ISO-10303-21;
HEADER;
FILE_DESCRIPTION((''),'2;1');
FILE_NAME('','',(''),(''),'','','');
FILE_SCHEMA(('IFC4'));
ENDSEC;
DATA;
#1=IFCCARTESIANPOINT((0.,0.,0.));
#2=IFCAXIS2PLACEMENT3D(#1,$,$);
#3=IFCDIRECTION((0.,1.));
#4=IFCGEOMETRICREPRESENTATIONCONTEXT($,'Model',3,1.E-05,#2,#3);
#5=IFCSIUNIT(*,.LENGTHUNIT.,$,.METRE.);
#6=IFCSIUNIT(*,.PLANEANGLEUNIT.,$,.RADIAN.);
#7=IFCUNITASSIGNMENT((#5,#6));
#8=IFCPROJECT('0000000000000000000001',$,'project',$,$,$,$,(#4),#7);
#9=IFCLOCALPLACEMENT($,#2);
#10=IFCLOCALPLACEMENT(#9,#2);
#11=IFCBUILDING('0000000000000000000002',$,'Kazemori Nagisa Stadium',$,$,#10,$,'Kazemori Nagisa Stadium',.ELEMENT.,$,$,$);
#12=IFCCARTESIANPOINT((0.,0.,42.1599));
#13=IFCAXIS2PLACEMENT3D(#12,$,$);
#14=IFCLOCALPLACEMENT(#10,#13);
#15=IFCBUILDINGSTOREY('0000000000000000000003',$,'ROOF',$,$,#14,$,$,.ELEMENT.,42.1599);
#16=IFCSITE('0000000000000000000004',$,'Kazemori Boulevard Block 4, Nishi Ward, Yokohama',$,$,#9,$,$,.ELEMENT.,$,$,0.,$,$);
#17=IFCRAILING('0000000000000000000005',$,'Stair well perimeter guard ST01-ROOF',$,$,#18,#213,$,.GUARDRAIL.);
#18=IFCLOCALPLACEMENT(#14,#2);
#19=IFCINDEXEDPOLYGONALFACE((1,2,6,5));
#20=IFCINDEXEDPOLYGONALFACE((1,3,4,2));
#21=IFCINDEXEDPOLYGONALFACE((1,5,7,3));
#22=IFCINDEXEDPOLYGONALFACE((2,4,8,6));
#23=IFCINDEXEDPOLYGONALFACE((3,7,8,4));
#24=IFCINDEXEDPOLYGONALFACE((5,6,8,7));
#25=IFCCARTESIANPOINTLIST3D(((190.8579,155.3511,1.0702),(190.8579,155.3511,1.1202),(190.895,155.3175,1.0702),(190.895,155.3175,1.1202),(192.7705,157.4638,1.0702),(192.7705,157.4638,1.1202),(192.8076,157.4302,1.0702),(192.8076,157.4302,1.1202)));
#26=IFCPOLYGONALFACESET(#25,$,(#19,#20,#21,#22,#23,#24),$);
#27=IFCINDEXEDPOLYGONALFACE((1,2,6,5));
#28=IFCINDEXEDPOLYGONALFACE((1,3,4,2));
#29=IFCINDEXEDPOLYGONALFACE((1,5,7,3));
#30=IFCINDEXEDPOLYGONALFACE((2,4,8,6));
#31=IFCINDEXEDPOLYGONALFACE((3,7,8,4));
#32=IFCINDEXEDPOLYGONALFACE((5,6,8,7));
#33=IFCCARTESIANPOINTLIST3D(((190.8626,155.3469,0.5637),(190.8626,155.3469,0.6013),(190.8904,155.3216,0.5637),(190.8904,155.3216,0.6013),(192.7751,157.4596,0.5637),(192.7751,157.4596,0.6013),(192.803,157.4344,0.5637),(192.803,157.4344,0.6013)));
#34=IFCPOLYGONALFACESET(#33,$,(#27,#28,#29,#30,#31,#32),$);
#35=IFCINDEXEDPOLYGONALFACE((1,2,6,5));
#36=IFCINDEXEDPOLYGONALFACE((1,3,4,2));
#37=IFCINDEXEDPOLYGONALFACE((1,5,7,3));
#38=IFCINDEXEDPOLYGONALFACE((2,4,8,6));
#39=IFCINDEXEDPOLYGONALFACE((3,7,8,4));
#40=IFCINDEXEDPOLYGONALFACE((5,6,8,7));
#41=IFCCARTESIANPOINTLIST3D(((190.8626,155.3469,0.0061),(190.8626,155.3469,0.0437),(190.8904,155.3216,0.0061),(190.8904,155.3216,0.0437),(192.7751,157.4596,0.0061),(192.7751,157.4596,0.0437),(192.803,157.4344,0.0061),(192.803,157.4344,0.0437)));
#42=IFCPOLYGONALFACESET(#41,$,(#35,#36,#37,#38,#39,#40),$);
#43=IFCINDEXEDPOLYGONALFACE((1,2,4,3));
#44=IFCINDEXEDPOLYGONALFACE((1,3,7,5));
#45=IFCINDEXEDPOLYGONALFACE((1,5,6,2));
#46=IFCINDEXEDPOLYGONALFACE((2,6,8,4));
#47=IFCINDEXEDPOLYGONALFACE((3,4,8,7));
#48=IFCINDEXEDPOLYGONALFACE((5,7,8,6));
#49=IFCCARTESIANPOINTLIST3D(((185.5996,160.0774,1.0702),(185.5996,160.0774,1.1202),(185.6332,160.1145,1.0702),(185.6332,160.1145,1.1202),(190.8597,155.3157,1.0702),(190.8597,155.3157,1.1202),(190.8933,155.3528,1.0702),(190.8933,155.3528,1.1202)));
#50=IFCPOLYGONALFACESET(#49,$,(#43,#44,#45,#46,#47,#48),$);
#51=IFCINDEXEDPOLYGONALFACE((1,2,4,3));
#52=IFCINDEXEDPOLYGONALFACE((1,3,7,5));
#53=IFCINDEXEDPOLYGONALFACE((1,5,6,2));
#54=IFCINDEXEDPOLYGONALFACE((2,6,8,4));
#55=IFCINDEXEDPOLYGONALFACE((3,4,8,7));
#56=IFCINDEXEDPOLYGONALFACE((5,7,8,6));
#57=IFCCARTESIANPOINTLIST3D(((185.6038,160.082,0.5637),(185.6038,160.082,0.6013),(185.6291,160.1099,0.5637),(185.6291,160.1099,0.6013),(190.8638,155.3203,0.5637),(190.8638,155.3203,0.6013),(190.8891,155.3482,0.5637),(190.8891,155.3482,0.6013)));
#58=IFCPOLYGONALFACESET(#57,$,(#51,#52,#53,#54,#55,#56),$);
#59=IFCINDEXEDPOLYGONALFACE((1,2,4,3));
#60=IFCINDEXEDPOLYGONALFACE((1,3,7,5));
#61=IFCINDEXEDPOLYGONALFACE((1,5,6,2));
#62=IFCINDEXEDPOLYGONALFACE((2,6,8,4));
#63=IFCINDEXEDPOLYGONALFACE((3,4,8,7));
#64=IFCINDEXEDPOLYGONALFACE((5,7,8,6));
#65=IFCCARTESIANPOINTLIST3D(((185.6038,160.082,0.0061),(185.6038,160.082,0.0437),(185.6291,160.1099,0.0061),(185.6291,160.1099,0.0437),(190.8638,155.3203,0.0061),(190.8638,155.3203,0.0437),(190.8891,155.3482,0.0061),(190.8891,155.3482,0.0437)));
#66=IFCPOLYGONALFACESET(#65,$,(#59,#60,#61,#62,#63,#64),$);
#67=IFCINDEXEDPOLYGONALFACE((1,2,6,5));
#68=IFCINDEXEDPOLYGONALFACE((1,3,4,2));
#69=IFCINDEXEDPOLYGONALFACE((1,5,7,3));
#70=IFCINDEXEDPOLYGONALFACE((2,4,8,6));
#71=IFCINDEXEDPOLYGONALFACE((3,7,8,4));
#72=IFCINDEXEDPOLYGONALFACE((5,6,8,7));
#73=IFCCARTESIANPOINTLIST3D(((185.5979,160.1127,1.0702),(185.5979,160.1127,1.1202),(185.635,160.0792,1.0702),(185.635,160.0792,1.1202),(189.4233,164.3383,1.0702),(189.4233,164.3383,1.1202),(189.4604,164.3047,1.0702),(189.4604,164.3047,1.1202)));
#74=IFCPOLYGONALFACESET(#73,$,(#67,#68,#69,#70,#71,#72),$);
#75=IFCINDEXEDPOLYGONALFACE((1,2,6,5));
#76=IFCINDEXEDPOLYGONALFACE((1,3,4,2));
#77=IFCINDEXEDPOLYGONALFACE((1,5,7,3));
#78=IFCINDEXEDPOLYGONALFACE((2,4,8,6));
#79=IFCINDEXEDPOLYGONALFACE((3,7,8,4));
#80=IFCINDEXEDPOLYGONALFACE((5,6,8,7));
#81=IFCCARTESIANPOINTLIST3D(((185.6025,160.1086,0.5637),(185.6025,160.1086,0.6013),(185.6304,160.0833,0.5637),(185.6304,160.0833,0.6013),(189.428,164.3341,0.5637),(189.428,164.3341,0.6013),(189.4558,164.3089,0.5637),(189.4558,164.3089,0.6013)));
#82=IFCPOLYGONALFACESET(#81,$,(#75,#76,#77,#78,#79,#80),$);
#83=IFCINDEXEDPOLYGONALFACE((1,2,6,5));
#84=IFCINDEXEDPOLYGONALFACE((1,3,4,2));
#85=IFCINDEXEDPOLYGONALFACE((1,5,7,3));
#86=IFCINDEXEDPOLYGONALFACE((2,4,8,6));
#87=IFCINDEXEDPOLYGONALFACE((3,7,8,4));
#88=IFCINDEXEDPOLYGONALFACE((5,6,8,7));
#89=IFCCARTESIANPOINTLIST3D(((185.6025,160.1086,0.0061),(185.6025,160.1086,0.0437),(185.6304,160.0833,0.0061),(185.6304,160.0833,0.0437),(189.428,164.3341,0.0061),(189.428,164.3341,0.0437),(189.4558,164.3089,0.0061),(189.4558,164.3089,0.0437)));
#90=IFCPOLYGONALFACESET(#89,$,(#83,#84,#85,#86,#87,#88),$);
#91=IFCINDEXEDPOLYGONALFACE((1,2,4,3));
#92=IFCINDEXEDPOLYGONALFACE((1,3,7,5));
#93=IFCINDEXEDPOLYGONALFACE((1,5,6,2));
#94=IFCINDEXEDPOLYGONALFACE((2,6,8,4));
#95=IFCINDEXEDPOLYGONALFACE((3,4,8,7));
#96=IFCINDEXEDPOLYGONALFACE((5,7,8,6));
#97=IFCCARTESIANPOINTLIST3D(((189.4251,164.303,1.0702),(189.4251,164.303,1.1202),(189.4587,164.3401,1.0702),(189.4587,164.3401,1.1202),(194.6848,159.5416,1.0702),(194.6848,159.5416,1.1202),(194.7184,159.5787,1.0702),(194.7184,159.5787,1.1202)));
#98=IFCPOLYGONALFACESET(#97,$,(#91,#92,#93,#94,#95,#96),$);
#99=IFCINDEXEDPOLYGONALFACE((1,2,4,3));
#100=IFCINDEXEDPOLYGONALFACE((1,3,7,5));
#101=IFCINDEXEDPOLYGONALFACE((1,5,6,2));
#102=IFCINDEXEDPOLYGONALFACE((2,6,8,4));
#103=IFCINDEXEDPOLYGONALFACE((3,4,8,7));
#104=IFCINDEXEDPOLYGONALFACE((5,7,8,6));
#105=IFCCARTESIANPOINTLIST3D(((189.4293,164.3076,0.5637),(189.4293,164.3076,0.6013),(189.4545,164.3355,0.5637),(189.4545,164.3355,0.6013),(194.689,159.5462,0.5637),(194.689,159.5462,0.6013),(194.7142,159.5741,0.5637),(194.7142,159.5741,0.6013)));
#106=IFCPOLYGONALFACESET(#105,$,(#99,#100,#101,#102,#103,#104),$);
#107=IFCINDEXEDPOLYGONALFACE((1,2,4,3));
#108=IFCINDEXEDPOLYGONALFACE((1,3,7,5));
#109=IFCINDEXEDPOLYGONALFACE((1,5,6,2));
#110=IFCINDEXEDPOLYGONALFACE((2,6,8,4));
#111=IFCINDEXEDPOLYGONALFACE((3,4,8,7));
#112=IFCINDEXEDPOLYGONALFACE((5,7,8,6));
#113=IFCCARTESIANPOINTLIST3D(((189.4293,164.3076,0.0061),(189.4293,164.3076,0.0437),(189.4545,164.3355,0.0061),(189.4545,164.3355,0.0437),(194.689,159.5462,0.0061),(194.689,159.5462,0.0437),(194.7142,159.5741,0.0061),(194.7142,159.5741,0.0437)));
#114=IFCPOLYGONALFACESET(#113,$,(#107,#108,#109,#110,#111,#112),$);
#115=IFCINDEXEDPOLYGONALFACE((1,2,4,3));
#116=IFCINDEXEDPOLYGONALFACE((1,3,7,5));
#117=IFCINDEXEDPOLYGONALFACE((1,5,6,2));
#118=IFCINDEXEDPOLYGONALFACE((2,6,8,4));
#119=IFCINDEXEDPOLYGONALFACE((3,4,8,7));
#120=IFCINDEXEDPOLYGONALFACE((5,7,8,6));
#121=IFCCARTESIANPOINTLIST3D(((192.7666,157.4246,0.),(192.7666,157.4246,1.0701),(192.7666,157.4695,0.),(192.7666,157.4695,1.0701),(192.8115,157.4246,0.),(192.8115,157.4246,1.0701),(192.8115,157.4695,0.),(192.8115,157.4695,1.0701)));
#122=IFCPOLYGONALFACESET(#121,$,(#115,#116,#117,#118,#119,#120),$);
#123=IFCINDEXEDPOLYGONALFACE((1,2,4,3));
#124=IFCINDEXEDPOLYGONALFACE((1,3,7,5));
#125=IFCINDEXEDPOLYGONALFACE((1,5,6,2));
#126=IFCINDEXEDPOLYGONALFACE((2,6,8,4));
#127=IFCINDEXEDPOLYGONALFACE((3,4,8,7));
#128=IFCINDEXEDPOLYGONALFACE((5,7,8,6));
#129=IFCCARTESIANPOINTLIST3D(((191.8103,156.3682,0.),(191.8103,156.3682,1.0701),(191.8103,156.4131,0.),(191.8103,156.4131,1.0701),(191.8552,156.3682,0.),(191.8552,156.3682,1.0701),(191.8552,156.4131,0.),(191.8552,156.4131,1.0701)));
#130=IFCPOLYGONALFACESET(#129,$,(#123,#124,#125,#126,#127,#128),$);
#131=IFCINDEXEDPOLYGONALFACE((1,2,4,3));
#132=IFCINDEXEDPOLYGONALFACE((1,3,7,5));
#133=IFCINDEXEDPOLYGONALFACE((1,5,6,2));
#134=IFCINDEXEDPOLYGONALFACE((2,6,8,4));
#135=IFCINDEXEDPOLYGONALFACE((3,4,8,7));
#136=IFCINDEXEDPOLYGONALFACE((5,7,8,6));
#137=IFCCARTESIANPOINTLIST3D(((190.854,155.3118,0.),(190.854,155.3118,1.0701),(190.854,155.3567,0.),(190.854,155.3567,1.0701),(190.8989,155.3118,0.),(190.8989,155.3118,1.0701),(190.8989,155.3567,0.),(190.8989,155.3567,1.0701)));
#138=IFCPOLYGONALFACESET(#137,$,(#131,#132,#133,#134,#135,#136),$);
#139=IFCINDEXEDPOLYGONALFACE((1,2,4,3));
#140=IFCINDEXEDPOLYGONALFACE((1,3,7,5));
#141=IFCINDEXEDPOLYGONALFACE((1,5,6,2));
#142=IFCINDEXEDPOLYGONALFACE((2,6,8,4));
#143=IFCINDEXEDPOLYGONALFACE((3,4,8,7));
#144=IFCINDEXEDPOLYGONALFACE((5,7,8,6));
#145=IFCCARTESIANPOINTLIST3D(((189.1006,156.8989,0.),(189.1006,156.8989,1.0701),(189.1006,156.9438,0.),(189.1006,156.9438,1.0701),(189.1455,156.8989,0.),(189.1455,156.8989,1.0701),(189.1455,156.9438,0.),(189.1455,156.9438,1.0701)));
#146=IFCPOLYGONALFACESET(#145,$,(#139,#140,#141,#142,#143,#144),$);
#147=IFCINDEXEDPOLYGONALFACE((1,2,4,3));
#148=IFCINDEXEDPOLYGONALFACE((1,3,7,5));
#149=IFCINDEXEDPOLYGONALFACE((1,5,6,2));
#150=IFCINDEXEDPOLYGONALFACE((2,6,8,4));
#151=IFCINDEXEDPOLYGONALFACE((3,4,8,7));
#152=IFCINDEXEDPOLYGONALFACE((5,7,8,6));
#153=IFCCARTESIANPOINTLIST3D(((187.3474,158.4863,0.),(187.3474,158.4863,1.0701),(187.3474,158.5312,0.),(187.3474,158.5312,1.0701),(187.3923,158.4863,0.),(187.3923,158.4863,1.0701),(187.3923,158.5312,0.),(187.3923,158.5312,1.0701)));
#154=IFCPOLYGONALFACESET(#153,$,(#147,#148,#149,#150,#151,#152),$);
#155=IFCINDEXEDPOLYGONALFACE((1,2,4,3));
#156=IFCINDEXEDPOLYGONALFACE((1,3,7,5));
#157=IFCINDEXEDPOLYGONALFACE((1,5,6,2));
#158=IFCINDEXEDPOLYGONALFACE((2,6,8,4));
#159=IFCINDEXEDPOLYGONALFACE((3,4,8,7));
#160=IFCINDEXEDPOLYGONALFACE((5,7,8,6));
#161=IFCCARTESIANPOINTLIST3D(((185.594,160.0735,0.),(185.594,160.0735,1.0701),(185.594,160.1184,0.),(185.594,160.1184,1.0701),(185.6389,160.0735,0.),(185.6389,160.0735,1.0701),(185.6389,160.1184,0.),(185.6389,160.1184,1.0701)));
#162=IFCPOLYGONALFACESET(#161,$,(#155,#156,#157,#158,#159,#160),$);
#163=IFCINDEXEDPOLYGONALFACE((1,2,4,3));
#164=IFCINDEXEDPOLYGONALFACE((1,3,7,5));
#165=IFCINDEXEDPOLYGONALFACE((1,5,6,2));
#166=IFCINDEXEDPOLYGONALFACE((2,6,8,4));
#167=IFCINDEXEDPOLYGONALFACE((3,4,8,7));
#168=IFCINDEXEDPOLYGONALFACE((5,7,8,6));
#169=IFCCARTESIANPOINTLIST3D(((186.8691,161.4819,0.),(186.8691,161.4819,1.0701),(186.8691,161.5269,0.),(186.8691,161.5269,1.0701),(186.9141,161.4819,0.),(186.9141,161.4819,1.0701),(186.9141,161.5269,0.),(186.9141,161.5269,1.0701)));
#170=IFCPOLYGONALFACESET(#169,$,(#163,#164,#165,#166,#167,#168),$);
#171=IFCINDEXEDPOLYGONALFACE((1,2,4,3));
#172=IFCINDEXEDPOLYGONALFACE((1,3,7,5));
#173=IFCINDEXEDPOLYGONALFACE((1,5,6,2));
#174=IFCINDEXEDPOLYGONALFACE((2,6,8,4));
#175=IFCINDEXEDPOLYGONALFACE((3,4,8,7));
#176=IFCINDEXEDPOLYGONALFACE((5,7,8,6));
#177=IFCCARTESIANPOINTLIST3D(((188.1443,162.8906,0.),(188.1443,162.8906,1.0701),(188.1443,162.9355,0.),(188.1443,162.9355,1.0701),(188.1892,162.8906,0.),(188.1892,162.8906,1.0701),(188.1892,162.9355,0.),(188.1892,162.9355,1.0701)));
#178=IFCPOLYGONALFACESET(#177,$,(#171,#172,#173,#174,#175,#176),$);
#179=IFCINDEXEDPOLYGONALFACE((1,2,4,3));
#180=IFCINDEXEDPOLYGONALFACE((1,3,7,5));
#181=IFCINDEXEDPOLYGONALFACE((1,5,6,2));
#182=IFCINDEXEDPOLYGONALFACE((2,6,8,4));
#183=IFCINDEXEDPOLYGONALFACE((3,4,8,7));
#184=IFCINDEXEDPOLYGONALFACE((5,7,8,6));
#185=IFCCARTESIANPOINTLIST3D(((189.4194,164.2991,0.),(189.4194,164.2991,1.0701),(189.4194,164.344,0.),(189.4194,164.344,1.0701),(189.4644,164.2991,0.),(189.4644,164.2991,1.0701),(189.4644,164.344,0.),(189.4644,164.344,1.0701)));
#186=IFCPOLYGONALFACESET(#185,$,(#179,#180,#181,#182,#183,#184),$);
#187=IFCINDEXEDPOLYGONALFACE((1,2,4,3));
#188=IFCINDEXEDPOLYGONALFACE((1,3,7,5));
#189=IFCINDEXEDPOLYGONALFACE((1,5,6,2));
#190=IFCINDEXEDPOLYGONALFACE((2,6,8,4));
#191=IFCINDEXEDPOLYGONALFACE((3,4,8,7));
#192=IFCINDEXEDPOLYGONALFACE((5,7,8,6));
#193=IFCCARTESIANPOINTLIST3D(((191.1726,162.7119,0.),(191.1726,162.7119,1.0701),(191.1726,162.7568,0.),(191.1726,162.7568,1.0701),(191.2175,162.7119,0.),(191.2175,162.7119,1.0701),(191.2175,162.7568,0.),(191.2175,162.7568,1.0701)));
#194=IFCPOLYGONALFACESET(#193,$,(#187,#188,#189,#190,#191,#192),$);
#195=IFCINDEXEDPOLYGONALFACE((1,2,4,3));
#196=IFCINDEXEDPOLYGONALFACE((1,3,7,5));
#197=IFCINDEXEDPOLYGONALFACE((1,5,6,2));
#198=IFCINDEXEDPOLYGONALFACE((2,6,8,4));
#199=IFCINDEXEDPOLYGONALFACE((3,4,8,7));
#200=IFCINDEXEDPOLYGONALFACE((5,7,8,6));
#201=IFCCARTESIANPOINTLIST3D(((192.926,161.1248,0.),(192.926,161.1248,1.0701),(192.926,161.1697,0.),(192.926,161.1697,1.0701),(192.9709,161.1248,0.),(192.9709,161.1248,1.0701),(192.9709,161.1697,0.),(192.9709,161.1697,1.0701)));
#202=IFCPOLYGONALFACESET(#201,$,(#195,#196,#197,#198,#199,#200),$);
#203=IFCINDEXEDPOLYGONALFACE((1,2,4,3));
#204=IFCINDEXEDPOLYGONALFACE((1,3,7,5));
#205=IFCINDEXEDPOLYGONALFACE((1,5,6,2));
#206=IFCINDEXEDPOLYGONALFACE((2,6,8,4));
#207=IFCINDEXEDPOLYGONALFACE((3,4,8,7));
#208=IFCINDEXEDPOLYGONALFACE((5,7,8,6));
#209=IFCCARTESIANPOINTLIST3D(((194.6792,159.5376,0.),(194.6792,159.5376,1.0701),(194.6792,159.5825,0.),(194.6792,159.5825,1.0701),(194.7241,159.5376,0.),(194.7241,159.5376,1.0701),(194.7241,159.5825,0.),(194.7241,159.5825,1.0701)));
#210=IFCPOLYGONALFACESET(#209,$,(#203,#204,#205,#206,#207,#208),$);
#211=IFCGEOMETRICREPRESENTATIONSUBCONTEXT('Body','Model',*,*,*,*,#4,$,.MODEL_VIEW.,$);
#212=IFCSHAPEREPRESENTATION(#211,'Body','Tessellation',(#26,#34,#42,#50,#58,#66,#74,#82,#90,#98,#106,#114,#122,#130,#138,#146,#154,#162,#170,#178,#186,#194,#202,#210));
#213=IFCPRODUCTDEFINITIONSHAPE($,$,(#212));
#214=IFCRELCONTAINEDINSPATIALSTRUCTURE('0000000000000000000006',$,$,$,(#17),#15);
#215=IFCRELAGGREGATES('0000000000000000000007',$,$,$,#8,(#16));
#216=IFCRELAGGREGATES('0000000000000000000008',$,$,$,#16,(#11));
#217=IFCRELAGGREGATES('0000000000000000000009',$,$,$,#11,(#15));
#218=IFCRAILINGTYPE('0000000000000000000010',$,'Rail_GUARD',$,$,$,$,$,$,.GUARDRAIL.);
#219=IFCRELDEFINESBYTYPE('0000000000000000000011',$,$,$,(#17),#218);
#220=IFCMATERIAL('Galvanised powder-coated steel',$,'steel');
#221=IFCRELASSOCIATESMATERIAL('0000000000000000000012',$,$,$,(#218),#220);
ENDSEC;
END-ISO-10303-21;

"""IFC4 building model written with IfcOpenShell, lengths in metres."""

from ifc_helpers import new_model, si_unit, direction, frame, origin, origin_2d, place, context, subcontext, project, spatial, rectangle, extrude, material, type_object, element, save


model = new_model("IFC4")

# Units and contexts
model_context = context("Model", 3, precision=1e-05, world=origin(), true_north=direction((0.0, 1.0)))
body_context = subcontext(model_context, "Body", "Model", "MODEL_VIEW")
ifc_project = project(units=[si_unit("LENGTHUNIT", "METRE"), si_unit("PLANEANGLEUNIT", "RADIAN")], contexts=[model_context])

# Site, building, storey
site_placement = place(None, origin())
site = spatial("IfcSite", under=ifc_project, at=site_placement, Name="Kazemori Boulevard Block 4, Nishi Ward, Yokohama", CompositionType="ELEMENT", RefElevation=0.0)
building_placement = place(site_placement, origin())
building = spatial("IfcBuilding", under=site, at=building_placement, Name="Kazemori Nagisa Stadium", LongName="Kazemori Nagisa Stadium", CompositionType="ELEMENT")
storey_placement = place(building_placement, frame((0.0, 0.0, 42.1599)))
storey = spatial("IfcBuildingStorey", under=building, at=storey_placement, Name="ROOF", CompositionType="ELEMENT", Elevation=42.1599)

# Railing
ifc_material_1 = material(Name="Galvanised powder-coated steel", Category="steel")
railing_type = type_object("IfcRailingType", Name="Rail_GUARD", PredefinedType="GUARDRAIL", material=ifc_material_1)
railing_1_placement = place(storey_placement, frame((192.7891, 157.447, 0.0)))
element("IfcRailing", 1, at=railing_1_placement, inside=storey, type_object=railing_type, Name="Stair well perimeter guard ST01-ROOF", PredefinedType="GUARDRAIL", context=body_context, shape_type="SweptSolid", body=[
    extrude(rectangle(XDim=0.05, YDim=0.05, at=origin_2d()), frame((0.0, 0.0, 1.0952), z_axis=(-0.671111, -0.741357, 0.0), x_axis=(0.741357, -0.671111, 0.0)), (0.0, 0.0, 1.0), 2.8499),
    extrude(rectangle(XDim=0.0376, YDim=0.0376, at=origin_2d()), frame((0.0, 0.0, 0.5825), z_axis=(-0.671111, -0.741357, 0.0), x_axis=(0.741357, -0.671111, 0.0)), (0.0, 0.0, 1.0), 2.8499),
    extrude(rectangle(XDim=0.0376, YDim=0.0376, at=origin_2d()), frame((0.0, 0.0, 0.0249), z_axis=(-0.671111, -0.741357, 0.0), x_axis=(0.741357, -0.671111, 0.0)), (0.0, 0.0, 1.0), 2.8499),
    extrude(rectangle(XDim=0.05, YDim=0.05, at=origin_2d()), frame((-1.9126, -2.1128, 1.0952), z_axis=(-0.741349, 0.67112, 0.0), x_axis=(-0.67112, -0.741349, 0.0)), (0.0, 0.0, 1.0), 7.0952),
    extrude(rectangle(XDim=0.0376, YDim=0.0376, at=origin_2d()), frame((-1.9126, -2.1128, 0.5825), z_axis=(-0.741349, 0.67112, 0.0), x_axis=(-0.67112, -0.741349, 0.0)), (0.0, 0.0, 1.0), 7.0952),
    extrude(rectangle(XDim=0.0376, YDim=0.0376, at=origin_2d()), frame((-1.9126, -2.1128, 0.0249), z_axis=(-0.741349, 0.67112, 0.0), x_axis=(-0.67112, -0.741349, 0.0)), (0.0, 0.0, 1.0), 7.0952),
    extrude(rectangle(XDim=0.05, YDim=0.05, at=origin_2d()), frame((-7.1726, 2.6489, 1.0952), z_axis=(0.671134, 0.741336, 0.0), x_axis=(-0.741336, 0.671134, 0.0)), (0.0, 0.0, 1.0), 5.7),
    extrude(rectangle(XDim=0.0376, YDim=0.0376, at=origin_2d()), frame((-7.1726, 2.6489, 0.5825), z_axis=(0.671134, 0.741336, 0.0), x_axis=(-0.741336, 0.671134, 0.0)), (0.0, 0.0, 1.0), 5.7),
    extrude(rectangle(XDim=0.0376, YDim=0.0376, at=origin_2d()), frame((-7.1726, 2.6489, 0.0249), z_axis=(0.671134, 0.741336, 0.0), x_axis=(-0.741336, 0.671134, 0.0)), (0.0, 0.0, 1.0), 5.7),
    extrude(rectangle(XDim=0.05, YDim=0.05, at=origin_2d()), frame((-3.3472, 6.8745, 1.0952), z_axis=(0.741351, -0.671118, 0.0), x_axis=(0.671118, 0.741351, 0.0)), (0.0, 0.0, 1.0), 7.0947),
    extrude(rectangle(XDim=0.0376, YDim=0.0376, at=origin_2d()), frame((-3.3472, 6.8745, 0.5825), z_axis=(0.741351, -0.671118, 0.0), x_axis=(0.671118, 0.741351, 0.0)), (0.0, 0.0, 1.0), 7.0947),
    extrude(rectangle(XDim=0.0376, YDim=0.0376, at=origin_2d()), frame((-3.3472, 6.8745, 0.0249), z_axis=(0.741351, -0.671118, 0.0), x_axis=(0.671118, 0.741351, 0.0)), (0.0, 0.0, 1.0), 7.0947),
    extrude(rectangle(XDim=0.0449, YDim=0.0449, at=origin_2d()), origin(), (0.0, 0.0, 1.0), 1.0701),
    extrude(rectangle(XDim=0.0449, YDim=0.0449, at=origin_2d()), frame((-0.9563, -1.0564, 0.0)), (0.0, 0.0, 1.0), 1.0701),
    extrude(rectangle(XDim=0.0449, YDim=0.0449, at=origin_2d()), frame((-1.9126, -2.1128, 0.0)), (0.0, 0.0, 1.0), 1.0701),
    extrude(rectangle(XDim=0.0449, YDim=0.0449, at=origin_2d()), frame((-3.666, -0.5256, 0.0)), (0.0, 0.0, 1.0), 1.0701),
    extrude(rectangle(XDim=0.0449, YDim=0.0449, at=origin_2d()), frame((-5.4192, 1.0618, 0.0)), (0.0, 0.0, 1.0), 1.0701),
    extrude(rectangle(XDim=0.0449, YDim=0.0449, at=origin_2d()), frame((-7.1726, 2.6489, 0.0)), (0.0, 0.0, 1.0), 1.0701),
    extrude(rectangle(XDim=0.0449, YDim=0.0449, at=origin_2d()), frame((-5.8975, 4.0574, 0.0)), (0.0, 0.0, 1.0), 1.0701),
    extrude(rectangle(XDim=0.0449, YDim=0.0449, at=origin_2d()), frame((-4.6223, 5.4661, 0.0)), (0.0, 0.0, 1.0), 1.0701),
    extrude(rectangle(XDim=0.0449, YDim=0.0449, at=origin_2d()), frame((-3.3472, 6.8745, 0.0)), (0.0, 0.0, 1.0), 1.0701),
    extrude(rectangle(XDim=0.0449, YDim=0.0449, at=origin_2d()), frame((-1.594, 5.2874, 0.0)), (0.0, 0.0, 1.0), 1.0701),
    extrude(rectangle(XDim=0.0449, YDim=0.0449, at=origin_2d()), frame((0.1594, 3.7002, 0.0)), (0.0, 0.0, 1.0), 1.0701),
    extrude(rectangle(XDim=0.0449, YDim=0.0449, at=origin_2d()), frame((1.9126, 2.113, 0.0)), (0.0, 0.0, 1.0), 1.0701),
])

save(model, "model.ifc")
